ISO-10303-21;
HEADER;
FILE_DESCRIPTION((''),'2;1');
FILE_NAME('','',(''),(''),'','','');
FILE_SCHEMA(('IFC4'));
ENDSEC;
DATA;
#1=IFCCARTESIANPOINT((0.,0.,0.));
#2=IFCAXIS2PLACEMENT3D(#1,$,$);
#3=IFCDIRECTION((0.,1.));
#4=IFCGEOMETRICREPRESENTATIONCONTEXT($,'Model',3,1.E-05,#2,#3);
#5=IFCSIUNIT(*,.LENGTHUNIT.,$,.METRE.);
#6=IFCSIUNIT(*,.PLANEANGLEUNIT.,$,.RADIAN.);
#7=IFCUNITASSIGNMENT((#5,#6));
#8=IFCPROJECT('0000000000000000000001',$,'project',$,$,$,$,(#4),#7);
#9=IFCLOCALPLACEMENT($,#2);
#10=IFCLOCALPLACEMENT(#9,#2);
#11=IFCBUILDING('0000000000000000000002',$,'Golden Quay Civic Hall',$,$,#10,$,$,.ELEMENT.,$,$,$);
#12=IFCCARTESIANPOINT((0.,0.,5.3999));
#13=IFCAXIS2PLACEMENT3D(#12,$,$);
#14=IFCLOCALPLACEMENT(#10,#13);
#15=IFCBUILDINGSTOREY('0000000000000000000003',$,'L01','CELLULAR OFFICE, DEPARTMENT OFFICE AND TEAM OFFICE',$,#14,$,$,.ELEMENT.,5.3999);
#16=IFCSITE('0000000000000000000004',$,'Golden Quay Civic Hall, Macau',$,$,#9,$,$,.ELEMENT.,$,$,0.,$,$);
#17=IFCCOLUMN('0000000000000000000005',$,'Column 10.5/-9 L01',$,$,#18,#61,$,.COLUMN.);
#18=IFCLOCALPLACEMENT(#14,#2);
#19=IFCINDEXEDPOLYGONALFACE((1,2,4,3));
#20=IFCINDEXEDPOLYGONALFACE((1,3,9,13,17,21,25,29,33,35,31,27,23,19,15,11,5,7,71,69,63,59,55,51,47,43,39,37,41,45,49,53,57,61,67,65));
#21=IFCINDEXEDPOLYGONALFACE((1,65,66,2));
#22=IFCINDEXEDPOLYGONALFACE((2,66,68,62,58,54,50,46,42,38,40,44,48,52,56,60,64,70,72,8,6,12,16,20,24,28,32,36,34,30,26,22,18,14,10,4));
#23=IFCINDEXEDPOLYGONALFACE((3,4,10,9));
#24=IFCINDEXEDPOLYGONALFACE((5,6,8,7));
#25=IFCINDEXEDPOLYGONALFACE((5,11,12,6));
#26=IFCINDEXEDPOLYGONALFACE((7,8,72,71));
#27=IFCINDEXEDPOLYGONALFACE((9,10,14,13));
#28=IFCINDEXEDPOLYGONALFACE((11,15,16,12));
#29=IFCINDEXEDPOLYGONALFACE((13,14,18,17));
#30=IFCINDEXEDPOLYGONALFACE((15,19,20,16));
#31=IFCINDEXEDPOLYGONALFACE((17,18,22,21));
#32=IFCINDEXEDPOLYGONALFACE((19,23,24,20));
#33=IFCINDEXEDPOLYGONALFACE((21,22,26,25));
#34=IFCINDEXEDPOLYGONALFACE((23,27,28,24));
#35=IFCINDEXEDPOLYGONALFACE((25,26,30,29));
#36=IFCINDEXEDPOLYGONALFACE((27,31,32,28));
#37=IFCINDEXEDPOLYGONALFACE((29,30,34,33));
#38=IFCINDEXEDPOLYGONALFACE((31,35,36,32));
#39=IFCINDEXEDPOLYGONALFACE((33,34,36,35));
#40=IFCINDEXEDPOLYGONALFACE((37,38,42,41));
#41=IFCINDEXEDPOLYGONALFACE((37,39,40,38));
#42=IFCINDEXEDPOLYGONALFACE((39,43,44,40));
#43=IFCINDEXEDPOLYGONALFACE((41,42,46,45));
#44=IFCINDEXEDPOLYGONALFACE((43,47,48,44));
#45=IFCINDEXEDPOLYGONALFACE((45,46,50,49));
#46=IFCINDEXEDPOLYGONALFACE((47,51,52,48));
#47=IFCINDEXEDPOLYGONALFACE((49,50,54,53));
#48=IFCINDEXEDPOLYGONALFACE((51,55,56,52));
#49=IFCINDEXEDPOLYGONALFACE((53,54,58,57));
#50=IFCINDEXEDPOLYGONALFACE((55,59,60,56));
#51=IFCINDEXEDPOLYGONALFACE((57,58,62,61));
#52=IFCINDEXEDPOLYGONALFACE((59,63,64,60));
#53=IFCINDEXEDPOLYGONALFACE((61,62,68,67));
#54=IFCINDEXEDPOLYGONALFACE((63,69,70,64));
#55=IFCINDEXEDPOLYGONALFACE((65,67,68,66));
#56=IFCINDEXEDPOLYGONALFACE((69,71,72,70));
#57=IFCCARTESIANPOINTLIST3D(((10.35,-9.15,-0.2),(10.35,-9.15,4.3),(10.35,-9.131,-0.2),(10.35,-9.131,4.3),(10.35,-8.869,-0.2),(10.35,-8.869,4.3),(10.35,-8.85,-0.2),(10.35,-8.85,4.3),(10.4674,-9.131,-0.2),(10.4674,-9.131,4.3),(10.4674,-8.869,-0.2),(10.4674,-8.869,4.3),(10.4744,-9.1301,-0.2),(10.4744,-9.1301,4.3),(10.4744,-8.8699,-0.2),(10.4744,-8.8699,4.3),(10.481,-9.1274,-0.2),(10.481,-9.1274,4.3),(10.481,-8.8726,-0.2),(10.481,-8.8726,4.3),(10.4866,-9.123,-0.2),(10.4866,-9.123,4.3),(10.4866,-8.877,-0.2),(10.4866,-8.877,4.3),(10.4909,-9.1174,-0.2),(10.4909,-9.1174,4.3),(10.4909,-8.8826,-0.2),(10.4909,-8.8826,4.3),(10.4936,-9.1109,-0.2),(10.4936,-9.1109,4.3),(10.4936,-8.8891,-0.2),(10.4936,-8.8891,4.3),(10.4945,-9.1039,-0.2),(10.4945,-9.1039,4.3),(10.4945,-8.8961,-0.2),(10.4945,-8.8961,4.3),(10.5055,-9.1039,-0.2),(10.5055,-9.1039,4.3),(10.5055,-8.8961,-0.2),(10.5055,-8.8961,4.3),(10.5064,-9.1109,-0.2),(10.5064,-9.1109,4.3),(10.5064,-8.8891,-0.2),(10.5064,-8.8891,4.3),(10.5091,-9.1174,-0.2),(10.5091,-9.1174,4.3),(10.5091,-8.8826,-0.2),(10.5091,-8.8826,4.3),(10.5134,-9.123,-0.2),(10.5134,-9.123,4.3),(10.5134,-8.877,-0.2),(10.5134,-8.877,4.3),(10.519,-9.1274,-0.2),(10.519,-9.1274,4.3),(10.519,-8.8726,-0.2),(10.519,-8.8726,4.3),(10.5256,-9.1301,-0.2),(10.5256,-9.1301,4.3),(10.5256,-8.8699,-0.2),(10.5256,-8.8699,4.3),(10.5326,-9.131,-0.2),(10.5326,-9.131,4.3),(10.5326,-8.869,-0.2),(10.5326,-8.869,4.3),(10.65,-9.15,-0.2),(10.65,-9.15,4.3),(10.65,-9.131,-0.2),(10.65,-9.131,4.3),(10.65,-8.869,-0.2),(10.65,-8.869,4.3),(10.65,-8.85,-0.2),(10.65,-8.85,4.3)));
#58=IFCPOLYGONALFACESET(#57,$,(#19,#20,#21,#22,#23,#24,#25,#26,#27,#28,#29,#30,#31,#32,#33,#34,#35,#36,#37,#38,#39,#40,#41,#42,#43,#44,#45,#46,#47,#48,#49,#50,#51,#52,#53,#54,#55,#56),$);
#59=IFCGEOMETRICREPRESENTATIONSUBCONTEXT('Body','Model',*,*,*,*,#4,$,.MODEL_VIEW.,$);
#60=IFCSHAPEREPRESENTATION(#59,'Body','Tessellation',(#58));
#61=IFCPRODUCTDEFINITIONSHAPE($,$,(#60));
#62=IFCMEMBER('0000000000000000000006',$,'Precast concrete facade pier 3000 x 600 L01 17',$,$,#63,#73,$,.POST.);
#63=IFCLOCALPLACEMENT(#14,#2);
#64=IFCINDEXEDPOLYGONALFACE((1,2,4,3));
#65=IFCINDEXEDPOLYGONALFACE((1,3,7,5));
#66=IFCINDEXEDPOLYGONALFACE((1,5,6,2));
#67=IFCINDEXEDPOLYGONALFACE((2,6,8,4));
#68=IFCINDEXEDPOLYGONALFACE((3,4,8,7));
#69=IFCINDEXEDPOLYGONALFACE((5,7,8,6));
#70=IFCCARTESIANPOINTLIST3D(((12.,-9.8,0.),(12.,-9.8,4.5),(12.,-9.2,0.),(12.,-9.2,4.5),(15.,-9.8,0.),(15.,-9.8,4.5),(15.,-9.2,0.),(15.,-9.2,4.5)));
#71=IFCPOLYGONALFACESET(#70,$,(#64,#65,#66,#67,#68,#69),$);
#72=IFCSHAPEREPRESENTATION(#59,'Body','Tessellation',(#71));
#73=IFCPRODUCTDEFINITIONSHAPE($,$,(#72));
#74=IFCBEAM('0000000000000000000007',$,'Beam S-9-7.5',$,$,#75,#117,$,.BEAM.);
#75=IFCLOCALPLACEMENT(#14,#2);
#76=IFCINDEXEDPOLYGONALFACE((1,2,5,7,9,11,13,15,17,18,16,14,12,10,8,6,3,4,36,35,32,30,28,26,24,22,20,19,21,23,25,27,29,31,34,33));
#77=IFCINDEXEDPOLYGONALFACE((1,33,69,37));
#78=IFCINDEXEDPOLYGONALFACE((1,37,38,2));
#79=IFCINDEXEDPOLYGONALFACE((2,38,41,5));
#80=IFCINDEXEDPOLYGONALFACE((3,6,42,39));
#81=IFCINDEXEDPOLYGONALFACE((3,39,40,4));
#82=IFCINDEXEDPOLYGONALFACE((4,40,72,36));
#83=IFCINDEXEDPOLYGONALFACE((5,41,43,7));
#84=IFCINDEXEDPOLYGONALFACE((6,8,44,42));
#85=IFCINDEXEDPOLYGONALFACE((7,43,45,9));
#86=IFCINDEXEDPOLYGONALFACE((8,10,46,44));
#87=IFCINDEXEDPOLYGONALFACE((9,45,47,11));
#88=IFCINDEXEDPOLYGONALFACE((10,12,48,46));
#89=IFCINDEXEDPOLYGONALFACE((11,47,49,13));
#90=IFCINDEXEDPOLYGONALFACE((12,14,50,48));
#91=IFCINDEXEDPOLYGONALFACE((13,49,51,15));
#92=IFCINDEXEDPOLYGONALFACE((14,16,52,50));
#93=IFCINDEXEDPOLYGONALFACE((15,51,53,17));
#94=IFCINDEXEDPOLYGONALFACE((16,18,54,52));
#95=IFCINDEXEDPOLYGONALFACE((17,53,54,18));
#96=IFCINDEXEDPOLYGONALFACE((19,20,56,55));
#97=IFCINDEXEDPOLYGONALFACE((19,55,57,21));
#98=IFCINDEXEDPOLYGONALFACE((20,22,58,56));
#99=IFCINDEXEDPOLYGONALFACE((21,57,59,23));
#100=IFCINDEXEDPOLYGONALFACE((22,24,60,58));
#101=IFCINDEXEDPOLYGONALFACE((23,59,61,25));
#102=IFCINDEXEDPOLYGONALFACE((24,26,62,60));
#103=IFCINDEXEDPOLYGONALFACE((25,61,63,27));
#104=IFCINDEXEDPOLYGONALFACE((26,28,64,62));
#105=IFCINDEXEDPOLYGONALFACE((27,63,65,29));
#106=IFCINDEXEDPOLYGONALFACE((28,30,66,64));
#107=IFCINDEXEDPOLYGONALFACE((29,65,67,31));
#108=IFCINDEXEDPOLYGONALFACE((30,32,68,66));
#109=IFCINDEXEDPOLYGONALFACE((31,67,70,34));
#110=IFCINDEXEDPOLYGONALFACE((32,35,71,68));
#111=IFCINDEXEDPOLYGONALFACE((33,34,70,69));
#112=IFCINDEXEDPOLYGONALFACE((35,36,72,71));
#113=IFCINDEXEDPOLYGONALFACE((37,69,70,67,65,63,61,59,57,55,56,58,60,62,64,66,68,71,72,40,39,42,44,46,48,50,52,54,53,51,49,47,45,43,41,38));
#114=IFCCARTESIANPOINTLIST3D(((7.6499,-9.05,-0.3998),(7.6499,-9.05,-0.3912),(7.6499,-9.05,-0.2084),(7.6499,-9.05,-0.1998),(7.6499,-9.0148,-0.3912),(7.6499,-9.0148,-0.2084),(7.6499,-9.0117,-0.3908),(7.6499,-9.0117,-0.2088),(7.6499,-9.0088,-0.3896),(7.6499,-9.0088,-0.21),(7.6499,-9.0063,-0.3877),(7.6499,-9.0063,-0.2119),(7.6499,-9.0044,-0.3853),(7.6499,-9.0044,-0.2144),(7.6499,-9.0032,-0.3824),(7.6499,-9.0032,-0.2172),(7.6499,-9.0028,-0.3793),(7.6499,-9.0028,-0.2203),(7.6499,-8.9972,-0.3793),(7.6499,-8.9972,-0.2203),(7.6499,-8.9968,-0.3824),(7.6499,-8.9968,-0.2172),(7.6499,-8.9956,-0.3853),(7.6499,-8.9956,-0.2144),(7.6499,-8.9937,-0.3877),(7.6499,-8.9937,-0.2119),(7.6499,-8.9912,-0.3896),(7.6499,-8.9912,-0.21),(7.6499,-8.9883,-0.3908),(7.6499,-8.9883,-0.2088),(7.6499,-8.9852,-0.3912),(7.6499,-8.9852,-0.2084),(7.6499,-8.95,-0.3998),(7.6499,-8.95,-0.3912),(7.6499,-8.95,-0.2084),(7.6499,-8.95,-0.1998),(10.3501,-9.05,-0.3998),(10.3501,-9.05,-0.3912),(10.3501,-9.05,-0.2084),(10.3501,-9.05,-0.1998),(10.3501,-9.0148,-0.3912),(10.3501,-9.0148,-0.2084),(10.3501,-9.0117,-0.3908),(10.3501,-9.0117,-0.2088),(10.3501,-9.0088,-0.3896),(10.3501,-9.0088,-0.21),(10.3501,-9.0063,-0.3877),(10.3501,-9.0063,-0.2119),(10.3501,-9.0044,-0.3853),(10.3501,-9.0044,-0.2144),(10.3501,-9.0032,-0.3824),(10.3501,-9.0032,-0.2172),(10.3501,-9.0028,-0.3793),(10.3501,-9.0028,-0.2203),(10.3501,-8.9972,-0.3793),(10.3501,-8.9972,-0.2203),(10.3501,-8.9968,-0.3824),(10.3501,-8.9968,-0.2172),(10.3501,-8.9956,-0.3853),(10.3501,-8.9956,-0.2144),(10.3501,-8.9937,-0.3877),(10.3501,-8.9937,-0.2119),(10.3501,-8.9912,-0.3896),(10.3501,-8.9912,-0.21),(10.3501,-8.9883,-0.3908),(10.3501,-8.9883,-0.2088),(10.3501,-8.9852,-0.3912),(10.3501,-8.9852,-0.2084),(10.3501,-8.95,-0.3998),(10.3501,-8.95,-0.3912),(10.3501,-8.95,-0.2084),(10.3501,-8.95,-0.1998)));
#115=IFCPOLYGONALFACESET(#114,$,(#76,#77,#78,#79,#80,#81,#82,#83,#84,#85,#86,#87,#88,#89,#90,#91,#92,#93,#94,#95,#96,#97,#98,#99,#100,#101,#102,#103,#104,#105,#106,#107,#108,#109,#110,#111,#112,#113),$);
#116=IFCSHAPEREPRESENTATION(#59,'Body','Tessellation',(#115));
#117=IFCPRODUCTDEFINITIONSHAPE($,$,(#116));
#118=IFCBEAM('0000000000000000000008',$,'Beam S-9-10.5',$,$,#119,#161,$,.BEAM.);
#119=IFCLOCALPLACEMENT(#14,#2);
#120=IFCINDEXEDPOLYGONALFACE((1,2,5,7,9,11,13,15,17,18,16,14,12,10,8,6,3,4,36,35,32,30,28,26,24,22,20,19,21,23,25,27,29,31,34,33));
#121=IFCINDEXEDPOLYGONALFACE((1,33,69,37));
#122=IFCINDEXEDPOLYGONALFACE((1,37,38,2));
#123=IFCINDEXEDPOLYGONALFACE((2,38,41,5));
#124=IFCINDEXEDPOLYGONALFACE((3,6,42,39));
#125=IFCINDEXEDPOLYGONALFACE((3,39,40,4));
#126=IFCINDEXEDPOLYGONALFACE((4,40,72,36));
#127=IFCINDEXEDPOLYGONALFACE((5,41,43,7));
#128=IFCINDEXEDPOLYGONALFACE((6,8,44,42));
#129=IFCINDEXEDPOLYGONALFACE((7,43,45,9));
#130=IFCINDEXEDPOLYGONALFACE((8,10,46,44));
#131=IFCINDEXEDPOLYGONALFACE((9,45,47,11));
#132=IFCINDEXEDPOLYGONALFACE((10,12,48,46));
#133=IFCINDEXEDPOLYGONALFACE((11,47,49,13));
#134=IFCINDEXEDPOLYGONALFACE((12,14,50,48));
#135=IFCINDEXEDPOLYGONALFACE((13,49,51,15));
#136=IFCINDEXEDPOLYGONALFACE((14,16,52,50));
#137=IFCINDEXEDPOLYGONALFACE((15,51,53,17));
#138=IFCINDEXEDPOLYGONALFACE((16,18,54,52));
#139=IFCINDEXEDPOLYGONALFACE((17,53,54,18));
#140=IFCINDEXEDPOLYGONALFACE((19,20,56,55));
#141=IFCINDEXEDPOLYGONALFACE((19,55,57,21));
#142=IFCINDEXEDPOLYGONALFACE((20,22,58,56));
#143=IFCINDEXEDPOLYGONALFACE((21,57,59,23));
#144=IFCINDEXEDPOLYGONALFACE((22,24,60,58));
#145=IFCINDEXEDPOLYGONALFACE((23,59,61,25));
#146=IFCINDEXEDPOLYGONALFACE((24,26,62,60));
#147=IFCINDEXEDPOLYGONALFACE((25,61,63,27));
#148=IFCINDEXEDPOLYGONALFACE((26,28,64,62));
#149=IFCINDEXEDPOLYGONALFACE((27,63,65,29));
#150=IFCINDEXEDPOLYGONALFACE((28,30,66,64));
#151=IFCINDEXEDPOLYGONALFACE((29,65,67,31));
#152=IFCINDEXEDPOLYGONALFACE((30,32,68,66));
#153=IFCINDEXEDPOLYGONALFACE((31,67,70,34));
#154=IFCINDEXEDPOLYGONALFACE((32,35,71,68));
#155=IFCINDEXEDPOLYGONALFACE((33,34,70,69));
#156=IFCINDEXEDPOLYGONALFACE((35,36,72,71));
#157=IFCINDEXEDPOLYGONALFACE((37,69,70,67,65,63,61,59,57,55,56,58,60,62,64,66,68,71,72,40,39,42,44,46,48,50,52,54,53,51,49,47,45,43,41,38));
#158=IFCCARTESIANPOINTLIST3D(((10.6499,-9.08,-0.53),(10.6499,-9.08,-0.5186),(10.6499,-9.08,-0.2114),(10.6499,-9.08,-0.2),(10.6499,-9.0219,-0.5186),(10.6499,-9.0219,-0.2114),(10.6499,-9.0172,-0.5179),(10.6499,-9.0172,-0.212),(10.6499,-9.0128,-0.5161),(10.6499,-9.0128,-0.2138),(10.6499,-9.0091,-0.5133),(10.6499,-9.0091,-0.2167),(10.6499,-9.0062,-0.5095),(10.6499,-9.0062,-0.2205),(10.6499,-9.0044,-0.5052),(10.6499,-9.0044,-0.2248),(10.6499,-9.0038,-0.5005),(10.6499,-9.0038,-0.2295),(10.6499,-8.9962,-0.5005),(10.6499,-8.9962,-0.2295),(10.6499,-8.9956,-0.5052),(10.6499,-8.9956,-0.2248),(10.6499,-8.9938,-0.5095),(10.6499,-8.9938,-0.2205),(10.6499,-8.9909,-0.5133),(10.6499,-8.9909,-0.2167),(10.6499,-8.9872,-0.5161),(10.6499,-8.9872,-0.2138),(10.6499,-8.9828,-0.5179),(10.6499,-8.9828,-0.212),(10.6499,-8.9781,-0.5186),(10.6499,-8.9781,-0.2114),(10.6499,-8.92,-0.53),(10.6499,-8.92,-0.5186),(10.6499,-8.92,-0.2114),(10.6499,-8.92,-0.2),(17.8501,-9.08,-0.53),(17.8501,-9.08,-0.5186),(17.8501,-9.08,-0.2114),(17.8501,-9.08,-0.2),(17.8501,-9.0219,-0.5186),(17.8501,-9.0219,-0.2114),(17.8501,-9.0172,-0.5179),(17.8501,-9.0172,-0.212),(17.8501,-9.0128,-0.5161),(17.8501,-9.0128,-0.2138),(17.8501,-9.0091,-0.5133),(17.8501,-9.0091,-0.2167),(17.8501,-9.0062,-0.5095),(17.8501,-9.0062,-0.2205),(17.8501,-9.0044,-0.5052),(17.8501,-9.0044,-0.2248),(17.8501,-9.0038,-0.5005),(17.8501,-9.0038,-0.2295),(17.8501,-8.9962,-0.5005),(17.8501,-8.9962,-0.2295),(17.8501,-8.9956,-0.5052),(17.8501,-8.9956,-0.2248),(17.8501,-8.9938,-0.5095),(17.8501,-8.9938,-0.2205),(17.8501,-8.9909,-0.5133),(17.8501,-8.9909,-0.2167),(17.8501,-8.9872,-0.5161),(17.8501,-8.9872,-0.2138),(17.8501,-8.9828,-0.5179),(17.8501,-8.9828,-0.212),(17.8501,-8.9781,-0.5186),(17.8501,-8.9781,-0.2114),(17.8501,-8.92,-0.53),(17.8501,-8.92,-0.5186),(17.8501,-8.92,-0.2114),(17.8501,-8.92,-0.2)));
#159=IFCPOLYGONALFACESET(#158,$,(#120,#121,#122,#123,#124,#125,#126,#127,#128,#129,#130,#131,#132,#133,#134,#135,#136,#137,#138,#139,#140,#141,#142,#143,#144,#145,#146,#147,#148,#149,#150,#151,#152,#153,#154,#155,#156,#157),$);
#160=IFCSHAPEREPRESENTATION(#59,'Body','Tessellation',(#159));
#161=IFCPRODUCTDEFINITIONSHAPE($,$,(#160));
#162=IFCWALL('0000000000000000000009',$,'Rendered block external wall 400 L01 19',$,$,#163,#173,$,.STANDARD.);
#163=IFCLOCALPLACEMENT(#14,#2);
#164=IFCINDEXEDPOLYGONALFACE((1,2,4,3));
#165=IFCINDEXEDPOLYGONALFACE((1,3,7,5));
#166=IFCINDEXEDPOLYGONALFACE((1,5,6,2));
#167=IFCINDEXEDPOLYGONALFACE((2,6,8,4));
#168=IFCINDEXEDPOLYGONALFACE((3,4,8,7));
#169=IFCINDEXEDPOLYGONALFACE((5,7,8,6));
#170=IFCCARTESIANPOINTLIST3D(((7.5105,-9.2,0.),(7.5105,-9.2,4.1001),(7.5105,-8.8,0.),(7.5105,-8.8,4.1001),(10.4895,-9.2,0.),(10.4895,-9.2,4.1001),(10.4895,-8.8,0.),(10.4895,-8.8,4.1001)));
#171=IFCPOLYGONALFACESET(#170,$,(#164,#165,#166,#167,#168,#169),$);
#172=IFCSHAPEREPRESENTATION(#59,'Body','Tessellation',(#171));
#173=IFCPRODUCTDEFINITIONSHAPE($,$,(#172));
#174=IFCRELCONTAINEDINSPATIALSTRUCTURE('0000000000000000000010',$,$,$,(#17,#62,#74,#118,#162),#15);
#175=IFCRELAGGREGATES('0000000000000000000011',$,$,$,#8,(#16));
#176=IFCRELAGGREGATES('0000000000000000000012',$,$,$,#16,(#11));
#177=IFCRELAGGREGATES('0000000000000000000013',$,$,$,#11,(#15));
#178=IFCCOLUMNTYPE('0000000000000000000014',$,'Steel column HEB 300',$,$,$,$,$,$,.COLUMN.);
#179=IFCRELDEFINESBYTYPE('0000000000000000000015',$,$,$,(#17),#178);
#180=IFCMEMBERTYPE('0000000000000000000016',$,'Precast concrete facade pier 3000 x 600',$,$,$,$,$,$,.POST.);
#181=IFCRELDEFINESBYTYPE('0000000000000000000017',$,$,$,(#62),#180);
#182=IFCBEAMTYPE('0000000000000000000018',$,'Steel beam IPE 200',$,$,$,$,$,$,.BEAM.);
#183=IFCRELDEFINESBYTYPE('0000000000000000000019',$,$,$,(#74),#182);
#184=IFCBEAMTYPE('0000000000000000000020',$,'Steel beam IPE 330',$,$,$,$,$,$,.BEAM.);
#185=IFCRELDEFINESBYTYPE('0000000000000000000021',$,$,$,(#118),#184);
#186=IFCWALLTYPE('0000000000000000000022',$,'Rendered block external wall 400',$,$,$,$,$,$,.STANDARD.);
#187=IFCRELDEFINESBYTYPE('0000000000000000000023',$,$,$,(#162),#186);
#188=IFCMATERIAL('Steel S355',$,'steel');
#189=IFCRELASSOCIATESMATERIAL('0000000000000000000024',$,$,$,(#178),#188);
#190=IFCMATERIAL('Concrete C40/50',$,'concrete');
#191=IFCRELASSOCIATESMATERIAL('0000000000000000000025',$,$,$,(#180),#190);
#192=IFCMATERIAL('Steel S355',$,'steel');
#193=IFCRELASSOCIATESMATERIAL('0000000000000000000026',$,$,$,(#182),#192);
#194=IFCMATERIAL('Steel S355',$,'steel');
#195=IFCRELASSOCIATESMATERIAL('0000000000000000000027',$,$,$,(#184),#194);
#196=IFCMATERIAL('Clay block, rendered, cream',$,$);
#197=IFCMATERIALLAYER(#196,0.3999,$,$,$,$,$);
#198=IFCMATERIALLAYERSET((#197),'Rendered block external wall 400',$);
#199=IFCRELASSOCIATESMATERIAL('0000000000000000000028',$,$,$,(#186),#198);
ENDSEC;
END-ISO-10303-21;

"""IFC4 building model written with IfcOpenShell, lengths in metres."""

from ifc_helpers import new_model, si_unit, direction, frame, frame_2d, origin, origin_2d, place, context, subcontext, project, spatial, rectangle, i_section, extrude, material, layer, layer_set, material_profile, profile_set, type_object, element, save


model = new_model("IFC4")

# Units and contexts
model_context = context("Model", 3, precision=1e-05, world=origin(), true_north=direction((0.0, 1.0)))
body_context = subcontext(model_context, "Body", "Model", "MODEL_VIEW")
ifc_project = project(units=[si_unit("LENGTHUNIT", "METRE"), si_unit("PLANEANGLEUNIT", "RADIAN")], contexts=[model_context])

# Site, building, storey
site_placement = place(None, origin())
site = spatial("IfcSite", under=ifc_project, at=site_placement, Name="Golden Quay Civic Hall, Macau", CompositionType="ELEMENT", RefElevation=0.0)
building_placement = place(site_placement, origin())
building = spatial("IfcBuilding", under=site, at=building_placement, Name="Golden Quay Civic Hall", CompositionType="ELEMENT")
storey_placement = place(building_placement, frame((0.0, 0.0, 5.3999)))
storey = spatial("IfcBuildingStorey", under=building, at=storey_placement, Name="L01", Description="CELLULAR OFFICE, DEPARTMENT OFFICE AND TEAM OFFICE", CompositionType="ELEMENT", Elevation=5.3999)

# Column
ifc_material_1 = material(Name="Steel S355", Category="steel")
ifc_material_profile_1 = material_profile(ifc_material_1, i_section(OverallWidth=0.3, OverallDepth=0.3, WebThickness=0.011, FlangeThickness=0.019, FilletRadius=0.0271, at=origin_2d()), Name="HEB 300")
ifc_profile_set_1 = profile_set([ifc_material_profile_1], Name="Steel S355")
column_type = type_object("IfcColumnType", Name="Steel column HEB 300", PredefinedType="COLUMN", material=ifc_profile_set_1)
column_placement = place(storey_placement, frame((10.5, -9.0, -0.2), z_axis=(0.0, 0.0, 1.0), x_axis=(1.0, 0.0, 0.0)))
element("IfcColumn", 1, at=column_placement, inside=storey, type_object=column_type, Name="Column 10.5/-9 L01", PredefinedType="COLUMN", context=body_context, shape_type="SweptSolid", body=[
    extrude(i_section(OverallWidth=0.3, OverallDepth=0.3, WebThickness=0.011, FlangeThickness=0.019, FilletRadius=0.0271, at=origin_2d()), origin(), (0.0, 0.0, 1.0), 4.5),
])

# Member
ifc_material_2 = material(Name="Concrete C40/50", Category="concrete")
ifc_material_profile_2 = material_profile(ifc_material_2, rectangle(XDim=3.0, YDim=0.6001, at=origin_2d()), Name="RC 3000x600")
ifc_profile_set_2 = profile_set([ifc_material_profile_2], Name="Concrete C40/50")
member_type = type_object("IfcMemberType", Name="Precast concrete facade pier 3000 x 600", PredefinedType="POST", material=ifc_profile_set_2)
member_placement = place(storey_placement, frame((13.5, -9.5, 0.0), z_axis=(0.0, 0.0, 1.0), x_axis=(1.0, 0.0, 0.0)))
element("IfcMember", 2, at=member_placement, inside=storey, type_object=member_type, Name="Precast concrete facade pier 3000 x 600 L01 17", PredefinedType="POST", context=body_context, shape_type="SweptSolid", body=[
    extrude(rectangle(XDim=3.0, YDim=0.6001, at=origin_2d()), origin(), (0.0, 0.0, 1.0), 4.5),
])

# Beams
ifc_material_3 = material(Name="Steel S355", Category="steel")
ifc_material_profile_3 = material_profile(ifc_material_3, i_section(OverallWidth=0.1001, OverallDepth=0.2, WebThickness=0.0056, FlangeThickness=0.0085, FilletRadius=0.012, at=origin_2d()), Name="IPE 200")
ifc_profile_set_3 = profile_set([ifc_material_profile_3], Name="Steel S355")
beam_type_1 = type_object("IfcBeamType", Name="Steel beam IPE 200", PredefinedType="BEAM", material=ifc_profile_set_3)
beam_1_placement = place(storey_placement, frame((7.6499, -9.0, -0.2998), z_axis=(1.0, 0.0, 0.0), x_axis=(0.0, 1.0, 0.0)))
element("IfcBeam", 3, at=beam_1_placement, inside=storey, type_object=beam_type_1, Name="Beam S-9-7.5", PredefinedType="BEAM", context=body_context, shape_type="SweptSolid", body=[
    extrude(i_section(OverallWidth=0.1001, OverallDepth=0.2, WebThickness=0.0056, FlangeThickness=0.0085, FilletRadius=0.012, at=origin_2d()), origin(), (0.0, 0.0, 1.0), 2.7002),
])
ifc_material_4 = material(Name="Steel S355", Category="steel")
ifc_material_profile_4 = material_profile(ifc_material_4, i_section(OverallWidth=0.1599, OverallDepth=0.3301, WebThickness=0.0076, FlangeThickness=0.0115, FilletRadius=0.0181, at=origin_2d()), Name="IPE 330")
ifc_profile_set_4 = profile_set([ifc_material_profile_4], Name="Steel S355")
beam_type_2 = type_object("IfcBeamType", Name="Steel beam IPE 330", PredefinedType="BEAM", material=ifc_profile_set_4)
beam_2_placement = place(storey_placement, frame((10.6499, -9.0, -0.365), z_axis=(1.0, 0.0, 0.0), x_axis=(0.0, 1.0, 0.0)))
element("IfcBeam", 4, at=beam_2_placement, inside=storey, type_object=beam_type_2, Name="Beam S-9-10.5", PredefinedType="BEAM", context=body_context, shape_type="SweptSolid", body=[
    extrude(i_section(OverallWidth=0.1599, OverallDepth=0.3301, WebThickness=0.0076, FlangeThickness=0.0115, FilletRadius=0.0181, at=origin_2d()), origin(), (0.0, 0.0, 1.0), 7.2002),
])

# Wall
ifc_material_5 = material(Name="Clay block, rendered, cream")
ifc_layer_1 = layer(ifc_material_5, 0.3999)
ifc_layer_set_1 = layer_set([ifc_layer_1], Name="Rendered block external wall 400")
wall_type = type_object("IfcWallType", Name="Rendered block external wall 400", PredefinedType="STANDARD", material=ifc_layer_set_1)
wall_placement = place(storey_placement, frame((10.4895, -9.0, 0.0), z_axis=(0.0, 0.0, 1.0), x_axis=(-1.0, 0.0, 0.0)))
element("IfcWall", 5, at=wall_placement, inside=storey, type_object=wall_type, Name="Rendered block external wall 400 L01 19", PredefinedType="STANDARD", context=body_context, shape_type="SweptSolid", body=[
    extrude(rectangle(XDim=2.979, YDim=0.3999, at=frame_2d((1.4895, 0.0))), origin(), (0.0, 0.0, 1.0), 4.1001),
])

save(model, "model.ifc")
